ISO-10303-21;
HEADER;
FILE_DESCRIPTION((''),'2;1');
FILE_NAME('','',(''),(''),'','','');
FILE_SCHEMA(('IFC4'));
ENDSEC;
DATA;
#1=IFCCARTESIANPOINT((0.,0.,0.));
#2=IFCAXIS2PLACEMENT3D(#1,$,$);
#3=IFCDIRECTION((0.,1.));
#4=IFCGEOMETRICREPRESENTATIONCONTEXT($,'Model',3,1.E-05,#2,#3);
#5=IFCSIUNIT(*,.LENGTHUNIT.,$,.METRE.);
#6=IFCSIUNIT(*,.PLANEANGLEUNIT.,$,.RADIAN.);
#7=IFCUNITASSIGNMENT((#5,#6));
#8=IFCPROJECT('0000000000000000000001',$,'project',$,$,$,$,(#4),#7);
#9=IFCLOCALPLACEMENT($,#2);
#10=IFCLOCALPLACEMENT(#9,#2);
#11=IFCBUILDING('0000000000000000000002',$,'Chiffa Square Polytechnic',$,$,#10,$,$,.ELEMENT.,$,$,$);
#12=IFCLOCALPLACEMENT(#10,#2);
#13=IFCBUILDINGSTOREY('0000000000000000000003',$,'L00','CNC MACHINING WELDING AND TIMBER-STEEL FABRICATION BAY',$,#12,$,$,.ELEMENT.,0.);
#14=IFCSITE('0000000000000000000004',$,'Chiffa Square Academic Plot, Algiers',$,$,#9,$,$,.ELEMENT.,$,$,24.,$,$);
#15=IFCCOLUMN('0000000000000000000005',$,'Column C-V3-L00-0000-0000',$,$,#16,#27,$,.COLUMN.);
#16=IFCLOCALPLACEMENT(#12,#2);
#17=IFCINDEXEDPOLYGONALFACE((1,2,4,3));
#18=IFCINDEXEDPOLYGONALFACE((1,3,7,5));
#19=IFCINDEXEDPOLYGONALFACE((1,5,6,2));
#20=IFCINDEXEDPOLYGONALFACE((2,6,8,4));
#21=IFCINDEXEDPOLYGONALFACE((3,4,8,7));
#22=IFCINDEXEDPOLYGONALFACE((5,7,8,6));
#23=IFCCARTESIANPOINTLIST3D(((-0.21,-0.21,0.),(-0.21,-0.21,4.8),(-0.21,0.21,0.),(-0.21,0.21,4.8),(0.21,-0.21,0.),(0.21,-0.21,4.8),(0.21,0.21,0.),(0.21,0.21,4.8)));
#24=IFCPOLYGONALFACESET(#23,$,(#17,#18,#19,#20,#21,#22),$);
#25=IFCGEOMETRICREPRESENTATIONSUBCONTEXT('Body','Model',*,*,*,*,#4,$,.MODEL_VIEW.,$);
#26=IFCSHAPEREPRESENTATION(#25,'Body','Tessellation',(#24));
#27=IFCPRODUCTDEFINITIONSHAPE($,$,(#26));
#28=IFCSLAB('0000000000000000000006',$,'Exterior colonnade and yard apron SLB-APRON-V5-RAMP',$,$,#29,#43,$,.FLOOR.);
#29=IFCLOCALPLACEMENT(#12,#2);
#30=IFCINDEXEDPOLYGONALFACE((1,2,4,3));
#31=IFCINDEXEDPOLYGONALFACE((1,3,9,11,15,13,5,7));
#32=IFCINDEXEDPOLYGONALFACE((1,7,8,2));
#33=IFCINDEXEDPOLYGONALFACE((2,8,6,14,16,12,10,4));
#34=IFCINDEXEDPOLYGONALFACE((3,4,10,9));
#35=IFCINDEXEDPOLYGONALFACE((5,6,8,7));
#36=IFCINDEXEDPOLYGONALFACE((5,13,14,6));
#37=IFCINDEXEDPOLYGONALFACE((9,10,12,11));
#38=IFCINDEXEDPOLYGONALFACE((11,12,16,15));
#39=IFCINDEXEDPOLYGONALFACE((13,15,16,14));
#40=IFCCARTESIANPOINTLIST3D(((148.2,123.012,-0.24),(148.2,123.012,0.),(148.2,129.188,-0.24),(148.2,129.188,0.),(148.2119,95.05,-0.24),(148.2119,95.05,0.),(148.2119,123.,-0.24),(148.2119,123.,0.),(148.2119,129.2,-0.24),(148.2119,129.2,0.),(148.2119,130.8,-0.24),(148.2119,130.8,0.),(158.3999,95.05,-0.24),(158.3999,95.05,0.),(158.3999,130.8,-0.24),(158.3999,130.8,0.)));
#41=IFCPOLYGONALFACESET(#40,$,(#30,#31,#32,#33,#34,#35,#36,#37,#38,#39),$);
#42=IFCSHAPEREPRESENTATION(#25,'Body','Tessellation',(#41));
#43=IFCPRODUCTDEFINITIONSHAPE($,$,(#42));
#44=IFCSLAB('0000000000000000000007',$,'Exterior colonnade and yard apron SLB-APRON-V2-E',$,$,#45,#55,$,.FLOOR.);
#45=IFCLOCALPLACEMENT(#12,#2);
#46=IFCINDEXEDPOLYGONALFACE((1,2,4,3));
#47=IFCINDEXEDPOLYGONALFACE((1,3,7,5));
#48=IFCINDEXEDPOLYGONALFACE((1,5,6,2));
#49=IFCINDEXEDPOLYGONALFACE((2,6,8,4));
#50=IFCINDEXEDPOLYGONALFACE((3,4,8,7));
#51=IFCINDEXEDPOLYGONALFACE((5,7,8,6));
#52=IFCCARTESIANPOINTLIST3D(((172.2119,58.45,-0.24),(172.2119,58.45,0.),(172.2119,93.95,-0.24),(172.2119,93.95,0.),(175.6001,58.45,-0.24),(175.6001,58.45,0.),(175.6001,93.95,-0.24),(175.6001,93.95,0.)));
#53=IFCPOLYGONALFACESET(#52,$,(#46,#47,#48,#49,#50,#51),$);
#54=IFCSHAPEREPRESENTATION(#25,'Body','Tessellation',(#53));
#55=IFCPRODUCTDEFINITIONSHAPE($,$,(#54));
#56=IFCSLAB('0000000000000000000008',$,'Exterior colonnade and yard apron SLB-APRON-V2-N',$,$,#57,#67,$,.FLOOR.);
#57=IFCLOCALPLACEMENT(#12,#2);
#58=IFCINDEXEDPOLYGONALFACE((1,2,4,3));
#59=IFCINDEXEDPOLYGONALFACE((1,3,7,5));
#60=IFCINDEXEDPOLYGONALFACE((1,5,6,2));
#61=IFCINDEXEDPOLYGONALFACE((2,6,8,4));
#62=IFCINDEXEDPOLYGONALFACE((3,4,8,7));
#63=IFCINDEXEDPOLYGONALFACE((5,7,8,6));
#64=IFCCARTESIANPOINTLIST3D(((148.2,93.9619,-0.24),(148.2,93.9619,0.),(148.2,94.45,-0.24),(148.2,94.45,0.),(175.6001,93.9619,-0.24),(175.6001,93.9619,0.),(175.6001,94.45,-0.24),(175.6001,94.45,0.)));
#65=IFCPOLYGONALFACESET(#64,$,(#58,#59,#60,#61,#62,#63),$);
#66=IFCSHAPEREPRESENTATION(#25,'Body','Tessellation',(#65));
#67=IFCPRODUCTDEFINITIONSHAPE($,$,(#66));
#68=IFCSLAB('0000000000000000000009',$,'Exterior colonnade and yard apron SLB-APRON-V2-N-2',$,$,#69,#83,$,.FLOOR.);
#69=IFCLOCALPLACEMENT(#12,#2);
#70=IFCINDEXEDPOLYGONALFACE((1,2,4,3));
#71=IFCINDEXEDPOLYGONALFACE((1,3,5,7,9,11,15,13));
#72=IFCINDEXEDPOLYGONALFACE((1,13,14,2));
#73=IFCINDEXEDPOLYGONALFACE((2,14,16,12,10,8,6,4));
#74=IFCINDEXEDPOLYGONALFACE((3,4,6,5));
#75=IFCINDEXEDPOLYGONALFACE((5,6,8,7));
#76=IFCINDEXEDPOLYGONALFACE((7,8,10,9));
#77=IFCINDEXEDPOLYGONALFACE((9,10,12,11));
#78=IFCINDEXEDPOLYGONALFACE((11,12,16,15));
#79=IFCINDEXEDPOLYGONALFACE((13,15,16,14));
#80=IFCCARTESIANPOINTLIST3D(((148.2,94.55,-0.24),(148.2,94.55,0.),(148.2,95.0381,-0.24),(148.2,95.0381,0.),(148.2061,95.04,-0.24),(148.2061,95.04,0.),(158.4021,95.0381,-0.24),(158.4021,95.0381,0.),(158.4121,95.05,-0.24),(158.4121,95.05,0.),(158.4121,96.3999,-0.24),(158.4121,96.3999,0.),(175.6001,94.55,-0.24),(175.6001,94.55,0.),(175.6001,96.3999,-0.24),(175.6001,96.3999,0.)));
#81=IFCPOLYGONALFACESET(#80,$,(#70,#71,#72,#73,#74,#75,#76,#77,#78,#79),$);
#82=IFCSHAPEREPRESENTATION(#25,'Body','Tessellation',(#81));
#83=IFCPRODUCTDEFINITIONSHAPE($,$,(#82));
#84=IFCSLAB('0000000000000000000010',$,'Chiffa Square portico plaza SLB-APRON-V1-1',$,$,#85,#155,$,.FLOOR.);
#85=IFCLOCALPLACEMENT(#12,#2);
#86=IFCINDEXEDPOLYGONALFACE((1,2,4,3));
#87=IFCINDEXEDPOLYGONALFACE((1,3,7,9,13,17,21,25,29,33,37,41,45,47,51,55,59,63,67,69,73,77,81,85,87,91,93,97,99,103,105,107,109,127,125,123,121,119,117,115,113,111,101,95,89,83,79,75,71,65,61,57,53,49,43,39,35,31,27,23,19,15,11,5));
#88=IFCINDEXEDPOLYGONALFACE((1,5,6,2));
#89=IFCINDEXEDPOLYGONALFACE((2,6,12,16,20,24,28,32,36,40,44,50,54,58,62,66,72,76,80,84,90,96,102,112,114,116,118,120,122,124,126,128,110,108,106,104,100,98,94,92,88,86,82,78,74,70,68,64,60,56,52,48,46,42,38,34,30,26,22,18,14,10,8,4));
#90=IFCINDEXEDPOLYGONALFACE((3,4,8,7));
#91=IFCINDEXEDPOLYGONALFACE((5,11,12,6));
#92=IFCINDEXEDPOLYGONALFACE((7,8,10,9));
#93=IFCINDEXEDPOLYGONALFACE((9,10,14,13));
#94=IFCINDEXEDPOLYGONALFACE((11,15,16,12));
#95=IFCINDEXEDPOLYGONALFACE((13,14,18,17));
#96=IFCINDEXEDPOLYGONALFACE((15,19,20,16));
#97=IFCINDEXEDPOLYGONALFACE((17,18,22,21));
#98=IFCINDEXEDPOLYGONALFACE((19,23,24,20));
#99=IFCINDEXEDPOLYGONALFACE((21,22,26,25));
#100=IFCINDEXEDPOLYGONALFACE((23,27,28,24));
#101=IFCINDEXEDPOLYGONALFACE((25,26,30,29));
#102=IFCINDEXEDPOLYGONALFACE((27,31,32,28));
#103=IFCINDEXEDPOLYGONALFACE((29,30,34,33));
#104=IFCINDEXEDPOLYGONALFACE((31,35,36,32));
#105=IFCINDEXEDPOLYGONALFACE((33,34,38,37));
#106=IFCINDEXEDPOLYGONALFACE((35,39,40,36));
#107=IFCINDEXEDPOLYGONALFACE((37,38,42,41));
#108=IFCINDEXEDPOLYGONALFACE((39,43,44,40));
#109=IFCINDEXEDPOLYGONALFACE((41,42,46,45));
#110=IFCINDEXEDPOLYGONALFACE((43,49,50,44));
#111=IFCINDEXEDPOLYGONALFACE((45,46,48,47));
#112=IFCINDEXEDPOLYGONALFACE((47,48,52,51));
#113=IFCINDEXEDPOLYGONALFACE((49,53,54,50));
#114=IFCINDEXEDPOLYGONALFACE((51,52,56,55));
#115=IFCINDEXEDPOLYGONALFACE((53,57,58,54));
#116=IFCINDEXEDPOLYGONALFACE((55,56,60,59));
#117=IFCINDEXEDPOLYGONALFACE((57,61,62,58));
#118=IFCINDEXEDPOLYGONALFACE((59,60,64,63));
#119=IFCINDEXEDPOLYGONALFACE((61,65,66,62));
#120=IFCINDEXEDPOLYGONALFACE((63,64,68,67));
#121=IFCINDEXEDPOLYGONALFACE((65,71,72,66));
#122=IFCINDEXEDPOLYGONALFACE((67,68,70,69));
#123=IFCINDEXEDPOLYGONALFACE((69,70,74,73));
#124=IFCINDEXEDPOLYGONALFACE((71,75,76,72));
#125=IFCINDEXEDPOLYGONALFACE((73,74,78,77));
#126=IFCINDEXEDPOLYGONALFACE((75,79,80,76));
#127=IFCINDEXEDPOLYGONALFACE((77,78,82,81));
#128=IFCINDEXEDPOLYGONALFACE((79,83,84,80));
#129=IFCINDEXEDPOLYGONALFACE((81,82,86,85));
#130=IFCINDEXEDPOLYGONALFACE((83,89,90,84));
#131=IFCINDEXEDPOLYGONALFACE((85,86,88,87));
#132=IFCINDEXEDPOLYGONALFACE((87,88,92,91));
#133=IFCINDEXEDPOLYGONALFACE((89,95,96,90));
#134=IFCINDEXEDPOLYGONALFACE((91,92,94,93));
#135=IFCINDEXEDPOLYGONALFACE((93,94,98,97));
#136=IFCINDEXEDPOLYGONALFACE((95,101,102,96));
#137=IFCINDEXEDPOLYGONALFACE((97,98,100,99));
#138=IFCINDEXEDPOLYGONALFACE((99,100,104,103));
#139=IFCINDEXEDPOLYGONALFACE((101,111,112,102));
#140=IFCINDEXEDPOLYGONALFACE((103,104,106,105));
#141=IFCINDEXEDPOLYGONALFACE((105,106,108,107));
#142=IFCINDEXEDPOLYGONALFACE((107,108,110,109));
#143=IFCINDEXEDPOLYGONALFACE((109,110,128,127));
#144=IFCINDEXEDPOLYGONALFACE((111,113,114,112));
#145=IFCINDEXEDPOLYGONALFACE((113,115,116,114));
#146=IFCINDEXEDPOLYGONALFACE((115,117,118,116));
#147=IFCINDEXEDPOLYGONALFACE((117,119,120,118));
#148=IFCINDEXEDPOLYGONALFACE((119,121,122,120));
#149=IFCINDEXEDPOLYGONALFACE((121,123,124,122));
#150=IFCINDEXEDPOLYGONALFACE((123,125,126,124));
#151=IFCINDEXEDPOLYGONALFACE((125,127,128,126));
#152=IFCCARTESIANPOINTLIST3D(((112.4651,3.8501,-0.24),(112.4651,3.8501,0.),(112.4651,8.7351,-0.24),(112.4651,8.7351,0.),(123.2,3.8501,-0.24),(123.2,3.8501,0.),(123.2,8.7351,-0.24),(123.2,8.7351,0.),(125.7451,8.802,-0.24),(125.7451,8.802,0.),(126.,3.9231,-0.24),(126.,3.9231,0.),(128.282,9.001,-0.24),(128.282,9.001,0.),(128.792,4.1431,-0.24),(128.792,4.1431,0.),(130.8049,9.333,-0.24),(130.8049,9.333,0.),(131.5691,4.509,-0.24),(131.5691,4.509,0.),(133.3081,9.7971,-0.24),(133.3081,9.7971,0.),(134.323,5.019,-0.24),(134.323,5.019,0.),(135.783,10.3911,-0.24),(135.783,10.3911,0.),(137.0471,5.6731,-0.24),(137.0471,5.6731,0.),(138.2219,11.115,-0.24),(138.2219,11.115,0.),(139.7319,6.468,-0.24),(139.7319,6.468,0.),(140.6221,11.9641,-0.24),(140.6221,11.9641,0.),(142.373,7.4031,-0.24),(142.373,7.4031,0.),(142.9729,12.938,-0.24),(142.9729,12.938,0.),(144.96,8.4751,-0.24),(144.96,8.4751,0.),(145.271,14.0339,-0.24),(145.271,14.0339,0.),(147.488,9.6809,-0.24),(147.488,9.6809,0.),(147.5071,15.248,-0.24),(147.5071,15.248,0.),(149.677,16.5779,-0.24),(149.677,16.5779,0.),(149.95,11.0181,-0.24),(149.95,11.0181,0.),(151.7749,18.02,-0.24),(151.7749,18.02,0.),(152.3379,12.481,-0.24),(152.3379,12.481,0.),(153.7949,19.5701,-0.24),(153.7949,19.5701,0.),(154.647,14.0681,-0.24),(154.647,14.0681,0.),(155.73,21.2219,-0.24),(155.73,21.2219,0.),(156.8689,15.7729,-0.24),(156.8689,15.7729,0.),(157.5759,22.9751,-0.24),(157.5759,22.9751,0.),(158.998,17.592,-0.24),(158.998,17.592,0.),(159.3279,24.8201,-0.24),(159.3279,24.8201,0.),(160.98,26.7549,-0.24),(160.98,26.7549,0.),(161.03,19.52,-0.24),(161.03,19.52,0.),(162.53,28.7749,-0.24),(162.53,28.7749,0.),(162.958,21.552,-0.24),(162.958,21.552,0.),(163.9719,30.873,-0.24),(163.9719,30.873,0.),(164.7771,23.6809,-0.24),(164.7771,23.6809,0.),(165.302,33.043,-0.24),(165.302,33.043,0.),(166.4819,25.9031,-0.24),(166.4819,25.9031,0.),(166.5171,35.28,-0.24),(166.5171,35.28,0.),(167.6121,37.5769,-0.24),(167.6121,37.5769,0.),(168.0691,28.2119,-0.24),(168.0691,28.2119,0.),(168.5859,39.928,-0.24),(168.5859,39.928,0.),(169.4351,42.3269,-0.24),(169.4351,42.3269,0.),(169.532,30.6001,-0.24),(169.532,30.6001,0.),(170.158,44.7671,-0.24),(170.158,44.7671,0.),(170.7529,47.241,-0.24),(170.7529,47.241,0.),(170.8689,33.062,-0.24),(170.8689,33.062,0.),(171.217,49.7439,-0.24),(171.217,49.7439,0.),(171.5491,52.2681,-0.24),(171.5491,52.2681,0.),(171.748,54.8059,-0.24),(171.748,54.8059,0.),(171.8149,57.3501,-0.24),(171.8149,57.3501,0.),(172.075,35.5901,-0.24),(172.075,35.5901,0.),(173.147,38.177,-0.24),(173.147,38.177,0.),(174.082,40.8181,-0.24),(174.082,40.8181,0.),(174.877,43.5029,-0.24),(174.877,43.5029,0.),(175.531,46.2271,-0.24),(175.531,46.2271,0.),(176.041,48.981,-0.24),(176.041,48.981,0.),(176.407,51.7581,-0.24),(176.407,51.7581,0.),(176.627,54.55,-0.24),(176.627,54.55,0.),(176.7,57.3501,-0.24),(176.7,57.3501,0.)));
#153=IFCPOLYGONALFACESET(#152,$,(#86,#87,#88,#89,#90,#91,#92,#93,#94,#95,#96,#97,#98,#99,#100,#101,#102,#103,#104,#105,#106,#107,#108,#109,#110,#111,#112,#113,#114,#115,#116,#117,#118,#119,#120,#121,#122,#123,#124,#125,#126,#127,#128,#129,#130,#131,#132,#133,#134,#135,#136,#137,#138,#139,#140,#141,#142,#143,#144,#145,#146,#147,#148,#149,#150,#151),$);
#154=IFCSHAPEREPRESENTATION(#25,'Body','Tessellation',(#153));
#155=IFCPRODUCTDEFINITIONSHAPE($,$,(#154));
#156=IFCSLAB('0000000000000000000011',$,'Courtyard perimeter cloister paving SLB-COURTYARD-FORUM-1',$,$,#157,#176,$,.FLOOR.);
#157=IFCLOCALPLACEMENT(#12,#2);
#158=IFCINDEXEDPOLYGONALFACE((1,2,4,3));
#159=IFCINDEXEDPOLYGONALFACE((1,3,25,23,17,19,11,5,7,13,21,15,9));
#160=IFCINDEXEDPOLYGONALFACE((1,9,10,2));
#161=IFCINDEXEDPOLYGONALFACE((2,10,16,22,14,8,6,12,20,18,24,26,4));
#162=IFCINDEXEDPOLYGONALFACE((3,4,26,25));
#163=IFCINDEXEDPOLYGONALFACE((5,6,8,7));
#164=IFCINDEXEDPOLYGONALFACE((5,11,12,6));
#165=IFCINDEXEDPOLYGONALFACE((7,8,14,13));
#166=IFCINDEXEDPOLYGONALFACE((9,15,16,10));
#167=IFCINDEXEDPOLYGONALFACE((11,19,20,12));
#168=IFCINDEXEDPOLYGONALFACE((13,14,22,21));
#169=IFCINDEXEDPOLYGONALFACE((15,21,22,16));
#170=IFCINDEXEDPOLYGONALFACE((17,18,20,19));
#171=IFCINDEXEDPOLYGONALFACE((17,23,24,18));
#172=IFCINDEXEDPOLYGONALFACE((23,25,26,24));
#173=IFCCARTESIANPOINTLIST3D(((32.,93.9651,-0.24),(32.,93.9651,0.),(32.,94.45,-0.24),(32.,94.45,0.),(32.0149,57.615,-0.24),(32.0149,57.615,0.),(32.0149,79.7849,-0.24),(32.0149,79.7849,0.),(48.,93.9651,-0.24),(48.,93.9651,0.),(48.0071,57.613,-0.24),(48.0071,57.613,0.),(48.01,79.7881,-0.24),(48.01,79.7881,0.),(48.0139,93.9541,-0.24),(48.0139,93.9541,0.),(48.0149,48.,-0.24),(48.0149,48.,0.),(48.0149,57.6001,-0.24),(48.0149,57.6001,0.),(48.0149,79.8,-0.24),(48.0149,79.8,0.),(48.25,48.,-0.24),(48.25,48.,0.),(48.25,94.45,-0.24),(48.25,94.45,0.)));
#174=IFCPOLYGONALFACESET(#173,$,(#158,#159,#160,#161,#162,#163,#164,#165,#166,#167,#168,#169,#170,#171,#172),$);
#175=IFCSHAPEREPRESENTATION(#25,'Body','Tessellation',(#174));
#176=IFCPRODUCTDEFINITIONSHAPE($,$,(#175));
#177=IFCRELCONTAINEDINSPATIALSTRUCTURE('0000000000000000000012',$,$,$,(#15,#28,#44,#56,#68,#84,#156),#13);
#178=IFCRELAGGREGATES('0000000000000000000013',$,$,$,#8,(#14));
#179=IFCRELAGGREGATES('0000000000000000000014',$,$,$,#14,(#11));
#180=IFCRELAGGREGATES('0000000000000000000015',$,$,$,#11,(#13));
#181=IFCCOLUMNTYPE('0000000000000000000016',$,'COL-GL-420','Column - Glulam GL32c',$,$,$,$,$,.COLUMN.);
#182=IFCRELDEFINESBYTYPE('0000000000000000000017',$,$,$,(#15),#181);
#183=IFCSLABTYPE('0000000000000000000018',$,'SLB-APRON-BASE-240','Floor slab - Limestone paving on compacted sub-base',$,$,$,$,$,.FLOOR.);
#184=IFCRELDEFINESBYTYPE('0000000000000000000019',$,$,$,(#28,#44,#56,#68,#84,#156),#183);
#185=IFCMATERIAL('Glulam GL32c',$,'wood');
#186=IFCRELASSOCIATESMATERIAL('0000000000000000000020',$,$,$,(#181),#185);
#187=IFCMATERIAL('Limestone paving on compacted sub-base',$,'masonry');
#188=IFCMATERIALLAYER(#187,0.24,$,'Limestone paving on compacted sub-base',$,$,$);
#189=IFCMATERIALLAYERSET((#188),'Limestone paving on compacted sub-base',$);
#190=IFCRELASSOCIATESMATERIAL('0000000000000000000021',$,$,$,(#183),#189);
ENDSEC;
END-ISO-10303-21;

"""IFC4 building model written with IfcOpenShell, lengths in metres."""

from ifc_helpers import new_model, si_unit, direction, frame, origin, origin_with_axes, origin_2d, place, context, subcontext, project, spatial, polyline, rectangle, outline, extrude, material, layer, layer_set, material_profile, profile_set, type_object, element, save


model = new_model("IFC4")

# Units and contexts
model_context = context("Model", 3, precision=1e-05, world=origin(), true_north=direction((0.0, 1.0)))
body_context = subcontext(model_context, "Body", "Model", "MODEL_VIEW")
ifc_project = project(units=[si_unit("LENGTHUNIT", "METRE"), si_unit("PLANEANGLEUNIT", "RADIAN")], contexts=[model_context])

# Site, building, storey
site_placement = place(None, origin())
site = spatial("IfcSite", under=ifc_project, at=site_placement, Name="Chiffa Square Academic Plot, Algiers", CompositionType="ELEMENT", RefElevation=24.0)
building_placement = place(site_placement, origin())
building = spatial("IfcBuilding", under=site, at=building_placement, Name="Chiffa Square Polytechnic", CompositionType="ELEMENT")
storey_placement = place(building_placement, origin())
storey = spatial("IfcBuildingStorey", under=building, at=storey_placement, Name="L00", Description="CNC MACHINING WELDING AND TIMBER-STEEL FABRICATION BAY", CompositionType="ELEMENT", Elevation=0.0)

# Column
ifc_material_1 = material(Name="Glulam GL32c", Category="wood")
ifc_material_profile = material_profile(ifc_material_1, rectangle(XDim=0.4199, YDim=0.4199, at=origin_2d()), Name="GL32c 420x420")
ifc_profile_set = profile_set([ifc_material_profile], Name="Glulam GL32c")
column_type = type_object("IfcColumnType", Name="COL-GL-420", Description="Column - Glulam GL32c", PredefinedType="COLUMN", material=ifc_profile_set)
column_placement = place(storey_placement, origin_with_axes())
element("IfcColumn", 1, at=column_placement, inside=storey, type_object=column_type, Name="Column C-V3-L00-0000-0000", PredefinedType="COLUMN", context=body_context, shape_type="SweptSolid", body=[
    extrude(rectangle(XDim=0.4199, YDim=0.4199, at=origin_2d()), origin(), (0.0, 0.0, 1.0), 4.8),
])

# Slabs
ifc_material_2 = material(Name="Limestone paving on compacted sub-base", Category="masonry")
ifc_layer_1 = layer(ifc_material_2, 0.24, Name="Limestone paving on compacted sub-base")
ifc_layer_set_1 = layer_set([ifc_layer_1], Name="Limestone paving on compacted sub-base")
slab_type_1 = type_object("IfcSlabType", Name="SLB-APRON-BASE-240", Description="Floor slab - Limestone paving on compacted sub-base", PredefinedType="FLOOR", material=ifc_layer_set_1)
slab_1_placement = place(storey_placement, frame((0.0, 0.0, -0.24)))
element("IfcSlab", 2, at=slab_1_placement, inside=storey, type_object=slab_type_1, Name="Exterior colonnade and yard apron SLB-APRON-V5-RAMP", PredefinedType="FLOOR", context=body_context, shape_type="SweptSolid", body=[
    extrude(outline(polyline([(158.3999, 130.8), (158.3999, 95.05), (148.2119, 95.05), (148.2119, 123.0), (148.2, 123.012), (148.2, 129.188), (148.2119, 129.2), (148.2119, 130.8), (158.3999, 130.8)])), origin(), (0.0, 0.0, 1.0), 0.24),
])
slab_2_placement = place(storey_placement, frame((0.0, 0.0, -0.24)))
element("IfcSlab", 3, at=slab_2_placement, inside=storey, type_object=slab_type_1, Name="Exterior colonnade and yard apron SLB-APRON-V2-E", PredefinedType="FLOOR", context=body_context, shape_type="SweptSolid", body=[
    extrude(outline(polyline([(175.6001, 93.95), (175.6001, 58.45), (172.2119, 58.45), (172.2119, 93.95), (175.6001, 93.95)])), origin(), (0.0, 0.0, 1.0), 0.24),
])
slab_3_placement = place(storey_placement, frame((0.0, 0.0, -0.24)))
element("IfcSlab", 4, at=slab_3_placement, inside=storey, type_object=slab_type_1, Name="Exterior colonnade and yard apron SLB-APRON-V2-N", PredefinedType="FLOOR", context=body_context, shape_type="SweptSolid", body=[
    extrude(outline(polyline([(148.2, 94.45), (175.6001, 94.45), (175.6001, 93.9619), (148.2, 93.9619), (148.2, 94.45)])), origin(), (0.0, 0.0, 1.0), 0.24),
])
slab_4_placement = place(storey_placement, frame((0.0, 0.0, -0.24)))
element("IfcSlab", 5, at=slab_4_placement, inside=storey, type_object=slab_type_1, Name="Exterior colonnade and yard apron SLB-APRON-V2-N-2", PredefinedType="FLOOR", context=body_context, shape_type="SweptSolid", body=[
    extrude(outline(polyline([(175.6001, 96.3999), (175.6001, 94.55), (148.2, 94.55), (148.2, 95.0381), (148.2061, 95.04), (158.4021, 95.0381), (158.4121, 95.05), (158.4121, 96.3999), (175.6001, 96.3999)])), origin(), (0.0, 0.0, 1.0), 0.24),
])
slab_5_placement = place(storey_placement, frame((0.0, 0.0, -0.24)))
element("IfcSlab", 6, at=slab_5_placement, inside=storey, type_object=slab_type_1, Name="Chiffa Square portico plaza SLB-APRON-V1-1", PredefinedType="FLOOR", context=body_context, shape_type="SweptSolid", body=[
    extrude(outline(polyline([(176.7, 57.3501), (176.627, 54.55), (176.407, 51.7581), (176.041, 48.981), (175.531, 46.2271), (174.877, 43.5029), (174.082, 40.8181), (173.147, 38.177), (172.075, 35.5901), (170.8689, 33.062), (169.532, 30.6001), (168.0691, 28.2119), (166.4819, 25.9031), (164.7771, 23.6809), (162.958, 21.552), (161.03, 19.52), (158.998, 17.592), (156.8689, 15.7729), (154.647, 14.0681), (152.3379, 12.481), (149.95, 11.0181), (147.488, 9.6809), (144.96, 8.4751), (142.373, 7.4031), (139.7319, 6.468), (137.0471, 5.6731), (134.323, 5.019), (131.5691, 4.509), (128.792, 4.1431), (126.0, 3.9231), (123.2, 3.8501), (112.4651, 3.8501), (112.4651, 8.7351), (123.2, 8.7351), (125.7451, 8.802), (128.282, 9.001), (130.8049, 9.333), (133.3081, 9.7971), (135.783, 10.3911), (138.2219, 11.115), (140.6221, 11.9641), (142.9729, 12.938), (145.271, 14.0339), (147.5071, 15.248), (149.677, 16.5779), (151.7749, 18.02), (153.7949, 19.5701), (155.73, 21.2219), (157.5759, 22.9751), (159.3279, 24.8201), (160.98, 26.7549), (162.53, 28.7749), (163.9719, 30.873), (165.302, 33.043), (166.5171, 35.28), (167.6121, 37.5769), (168.5859, 39.928), (169.4351, 42.3269), (170.158, 44.7671), (170.7529, 47.241), (171.217, 49.7439), (171.5491, 52.2681), (171.748, 54.8059), (171.8149, 57.3501), (176.7, 57.3501)])), origin(), (0.0, 0.0, 1.0), 0.24),
])
slab_6_placement = place(storey_placement, frame((0.0, 0.0, -0.24)))
element("IfcSlab", 7, at=slab_6_placement, inside=storey, type_object=slab_type_1, Name="Courtyard perimeter cloister paving SLB-COURTYARD-FORUM-1", PredefinedType="FLOOR", context=body_context, shape_type="SweptSolid", body=[
    extrude(outline(polyline([(32.0, 94.45), (48.25, 94.45), (48.25, 48.0), (48.0149, 48.0), (48.0149, 57.6001), (48.0071, 57.613), (32.0149, 57.615), (32.0149, 79.7849), (48.01, 79.7881), (48.0149, 79.8), (48.0139, 93.9541), (48.0, 93.9651), (32.0, 93.9651), (32.0, 94.45)])), origin(), (0.0, 0.0, 1.0), 0.24),
])

save(model, "model.ifc")
